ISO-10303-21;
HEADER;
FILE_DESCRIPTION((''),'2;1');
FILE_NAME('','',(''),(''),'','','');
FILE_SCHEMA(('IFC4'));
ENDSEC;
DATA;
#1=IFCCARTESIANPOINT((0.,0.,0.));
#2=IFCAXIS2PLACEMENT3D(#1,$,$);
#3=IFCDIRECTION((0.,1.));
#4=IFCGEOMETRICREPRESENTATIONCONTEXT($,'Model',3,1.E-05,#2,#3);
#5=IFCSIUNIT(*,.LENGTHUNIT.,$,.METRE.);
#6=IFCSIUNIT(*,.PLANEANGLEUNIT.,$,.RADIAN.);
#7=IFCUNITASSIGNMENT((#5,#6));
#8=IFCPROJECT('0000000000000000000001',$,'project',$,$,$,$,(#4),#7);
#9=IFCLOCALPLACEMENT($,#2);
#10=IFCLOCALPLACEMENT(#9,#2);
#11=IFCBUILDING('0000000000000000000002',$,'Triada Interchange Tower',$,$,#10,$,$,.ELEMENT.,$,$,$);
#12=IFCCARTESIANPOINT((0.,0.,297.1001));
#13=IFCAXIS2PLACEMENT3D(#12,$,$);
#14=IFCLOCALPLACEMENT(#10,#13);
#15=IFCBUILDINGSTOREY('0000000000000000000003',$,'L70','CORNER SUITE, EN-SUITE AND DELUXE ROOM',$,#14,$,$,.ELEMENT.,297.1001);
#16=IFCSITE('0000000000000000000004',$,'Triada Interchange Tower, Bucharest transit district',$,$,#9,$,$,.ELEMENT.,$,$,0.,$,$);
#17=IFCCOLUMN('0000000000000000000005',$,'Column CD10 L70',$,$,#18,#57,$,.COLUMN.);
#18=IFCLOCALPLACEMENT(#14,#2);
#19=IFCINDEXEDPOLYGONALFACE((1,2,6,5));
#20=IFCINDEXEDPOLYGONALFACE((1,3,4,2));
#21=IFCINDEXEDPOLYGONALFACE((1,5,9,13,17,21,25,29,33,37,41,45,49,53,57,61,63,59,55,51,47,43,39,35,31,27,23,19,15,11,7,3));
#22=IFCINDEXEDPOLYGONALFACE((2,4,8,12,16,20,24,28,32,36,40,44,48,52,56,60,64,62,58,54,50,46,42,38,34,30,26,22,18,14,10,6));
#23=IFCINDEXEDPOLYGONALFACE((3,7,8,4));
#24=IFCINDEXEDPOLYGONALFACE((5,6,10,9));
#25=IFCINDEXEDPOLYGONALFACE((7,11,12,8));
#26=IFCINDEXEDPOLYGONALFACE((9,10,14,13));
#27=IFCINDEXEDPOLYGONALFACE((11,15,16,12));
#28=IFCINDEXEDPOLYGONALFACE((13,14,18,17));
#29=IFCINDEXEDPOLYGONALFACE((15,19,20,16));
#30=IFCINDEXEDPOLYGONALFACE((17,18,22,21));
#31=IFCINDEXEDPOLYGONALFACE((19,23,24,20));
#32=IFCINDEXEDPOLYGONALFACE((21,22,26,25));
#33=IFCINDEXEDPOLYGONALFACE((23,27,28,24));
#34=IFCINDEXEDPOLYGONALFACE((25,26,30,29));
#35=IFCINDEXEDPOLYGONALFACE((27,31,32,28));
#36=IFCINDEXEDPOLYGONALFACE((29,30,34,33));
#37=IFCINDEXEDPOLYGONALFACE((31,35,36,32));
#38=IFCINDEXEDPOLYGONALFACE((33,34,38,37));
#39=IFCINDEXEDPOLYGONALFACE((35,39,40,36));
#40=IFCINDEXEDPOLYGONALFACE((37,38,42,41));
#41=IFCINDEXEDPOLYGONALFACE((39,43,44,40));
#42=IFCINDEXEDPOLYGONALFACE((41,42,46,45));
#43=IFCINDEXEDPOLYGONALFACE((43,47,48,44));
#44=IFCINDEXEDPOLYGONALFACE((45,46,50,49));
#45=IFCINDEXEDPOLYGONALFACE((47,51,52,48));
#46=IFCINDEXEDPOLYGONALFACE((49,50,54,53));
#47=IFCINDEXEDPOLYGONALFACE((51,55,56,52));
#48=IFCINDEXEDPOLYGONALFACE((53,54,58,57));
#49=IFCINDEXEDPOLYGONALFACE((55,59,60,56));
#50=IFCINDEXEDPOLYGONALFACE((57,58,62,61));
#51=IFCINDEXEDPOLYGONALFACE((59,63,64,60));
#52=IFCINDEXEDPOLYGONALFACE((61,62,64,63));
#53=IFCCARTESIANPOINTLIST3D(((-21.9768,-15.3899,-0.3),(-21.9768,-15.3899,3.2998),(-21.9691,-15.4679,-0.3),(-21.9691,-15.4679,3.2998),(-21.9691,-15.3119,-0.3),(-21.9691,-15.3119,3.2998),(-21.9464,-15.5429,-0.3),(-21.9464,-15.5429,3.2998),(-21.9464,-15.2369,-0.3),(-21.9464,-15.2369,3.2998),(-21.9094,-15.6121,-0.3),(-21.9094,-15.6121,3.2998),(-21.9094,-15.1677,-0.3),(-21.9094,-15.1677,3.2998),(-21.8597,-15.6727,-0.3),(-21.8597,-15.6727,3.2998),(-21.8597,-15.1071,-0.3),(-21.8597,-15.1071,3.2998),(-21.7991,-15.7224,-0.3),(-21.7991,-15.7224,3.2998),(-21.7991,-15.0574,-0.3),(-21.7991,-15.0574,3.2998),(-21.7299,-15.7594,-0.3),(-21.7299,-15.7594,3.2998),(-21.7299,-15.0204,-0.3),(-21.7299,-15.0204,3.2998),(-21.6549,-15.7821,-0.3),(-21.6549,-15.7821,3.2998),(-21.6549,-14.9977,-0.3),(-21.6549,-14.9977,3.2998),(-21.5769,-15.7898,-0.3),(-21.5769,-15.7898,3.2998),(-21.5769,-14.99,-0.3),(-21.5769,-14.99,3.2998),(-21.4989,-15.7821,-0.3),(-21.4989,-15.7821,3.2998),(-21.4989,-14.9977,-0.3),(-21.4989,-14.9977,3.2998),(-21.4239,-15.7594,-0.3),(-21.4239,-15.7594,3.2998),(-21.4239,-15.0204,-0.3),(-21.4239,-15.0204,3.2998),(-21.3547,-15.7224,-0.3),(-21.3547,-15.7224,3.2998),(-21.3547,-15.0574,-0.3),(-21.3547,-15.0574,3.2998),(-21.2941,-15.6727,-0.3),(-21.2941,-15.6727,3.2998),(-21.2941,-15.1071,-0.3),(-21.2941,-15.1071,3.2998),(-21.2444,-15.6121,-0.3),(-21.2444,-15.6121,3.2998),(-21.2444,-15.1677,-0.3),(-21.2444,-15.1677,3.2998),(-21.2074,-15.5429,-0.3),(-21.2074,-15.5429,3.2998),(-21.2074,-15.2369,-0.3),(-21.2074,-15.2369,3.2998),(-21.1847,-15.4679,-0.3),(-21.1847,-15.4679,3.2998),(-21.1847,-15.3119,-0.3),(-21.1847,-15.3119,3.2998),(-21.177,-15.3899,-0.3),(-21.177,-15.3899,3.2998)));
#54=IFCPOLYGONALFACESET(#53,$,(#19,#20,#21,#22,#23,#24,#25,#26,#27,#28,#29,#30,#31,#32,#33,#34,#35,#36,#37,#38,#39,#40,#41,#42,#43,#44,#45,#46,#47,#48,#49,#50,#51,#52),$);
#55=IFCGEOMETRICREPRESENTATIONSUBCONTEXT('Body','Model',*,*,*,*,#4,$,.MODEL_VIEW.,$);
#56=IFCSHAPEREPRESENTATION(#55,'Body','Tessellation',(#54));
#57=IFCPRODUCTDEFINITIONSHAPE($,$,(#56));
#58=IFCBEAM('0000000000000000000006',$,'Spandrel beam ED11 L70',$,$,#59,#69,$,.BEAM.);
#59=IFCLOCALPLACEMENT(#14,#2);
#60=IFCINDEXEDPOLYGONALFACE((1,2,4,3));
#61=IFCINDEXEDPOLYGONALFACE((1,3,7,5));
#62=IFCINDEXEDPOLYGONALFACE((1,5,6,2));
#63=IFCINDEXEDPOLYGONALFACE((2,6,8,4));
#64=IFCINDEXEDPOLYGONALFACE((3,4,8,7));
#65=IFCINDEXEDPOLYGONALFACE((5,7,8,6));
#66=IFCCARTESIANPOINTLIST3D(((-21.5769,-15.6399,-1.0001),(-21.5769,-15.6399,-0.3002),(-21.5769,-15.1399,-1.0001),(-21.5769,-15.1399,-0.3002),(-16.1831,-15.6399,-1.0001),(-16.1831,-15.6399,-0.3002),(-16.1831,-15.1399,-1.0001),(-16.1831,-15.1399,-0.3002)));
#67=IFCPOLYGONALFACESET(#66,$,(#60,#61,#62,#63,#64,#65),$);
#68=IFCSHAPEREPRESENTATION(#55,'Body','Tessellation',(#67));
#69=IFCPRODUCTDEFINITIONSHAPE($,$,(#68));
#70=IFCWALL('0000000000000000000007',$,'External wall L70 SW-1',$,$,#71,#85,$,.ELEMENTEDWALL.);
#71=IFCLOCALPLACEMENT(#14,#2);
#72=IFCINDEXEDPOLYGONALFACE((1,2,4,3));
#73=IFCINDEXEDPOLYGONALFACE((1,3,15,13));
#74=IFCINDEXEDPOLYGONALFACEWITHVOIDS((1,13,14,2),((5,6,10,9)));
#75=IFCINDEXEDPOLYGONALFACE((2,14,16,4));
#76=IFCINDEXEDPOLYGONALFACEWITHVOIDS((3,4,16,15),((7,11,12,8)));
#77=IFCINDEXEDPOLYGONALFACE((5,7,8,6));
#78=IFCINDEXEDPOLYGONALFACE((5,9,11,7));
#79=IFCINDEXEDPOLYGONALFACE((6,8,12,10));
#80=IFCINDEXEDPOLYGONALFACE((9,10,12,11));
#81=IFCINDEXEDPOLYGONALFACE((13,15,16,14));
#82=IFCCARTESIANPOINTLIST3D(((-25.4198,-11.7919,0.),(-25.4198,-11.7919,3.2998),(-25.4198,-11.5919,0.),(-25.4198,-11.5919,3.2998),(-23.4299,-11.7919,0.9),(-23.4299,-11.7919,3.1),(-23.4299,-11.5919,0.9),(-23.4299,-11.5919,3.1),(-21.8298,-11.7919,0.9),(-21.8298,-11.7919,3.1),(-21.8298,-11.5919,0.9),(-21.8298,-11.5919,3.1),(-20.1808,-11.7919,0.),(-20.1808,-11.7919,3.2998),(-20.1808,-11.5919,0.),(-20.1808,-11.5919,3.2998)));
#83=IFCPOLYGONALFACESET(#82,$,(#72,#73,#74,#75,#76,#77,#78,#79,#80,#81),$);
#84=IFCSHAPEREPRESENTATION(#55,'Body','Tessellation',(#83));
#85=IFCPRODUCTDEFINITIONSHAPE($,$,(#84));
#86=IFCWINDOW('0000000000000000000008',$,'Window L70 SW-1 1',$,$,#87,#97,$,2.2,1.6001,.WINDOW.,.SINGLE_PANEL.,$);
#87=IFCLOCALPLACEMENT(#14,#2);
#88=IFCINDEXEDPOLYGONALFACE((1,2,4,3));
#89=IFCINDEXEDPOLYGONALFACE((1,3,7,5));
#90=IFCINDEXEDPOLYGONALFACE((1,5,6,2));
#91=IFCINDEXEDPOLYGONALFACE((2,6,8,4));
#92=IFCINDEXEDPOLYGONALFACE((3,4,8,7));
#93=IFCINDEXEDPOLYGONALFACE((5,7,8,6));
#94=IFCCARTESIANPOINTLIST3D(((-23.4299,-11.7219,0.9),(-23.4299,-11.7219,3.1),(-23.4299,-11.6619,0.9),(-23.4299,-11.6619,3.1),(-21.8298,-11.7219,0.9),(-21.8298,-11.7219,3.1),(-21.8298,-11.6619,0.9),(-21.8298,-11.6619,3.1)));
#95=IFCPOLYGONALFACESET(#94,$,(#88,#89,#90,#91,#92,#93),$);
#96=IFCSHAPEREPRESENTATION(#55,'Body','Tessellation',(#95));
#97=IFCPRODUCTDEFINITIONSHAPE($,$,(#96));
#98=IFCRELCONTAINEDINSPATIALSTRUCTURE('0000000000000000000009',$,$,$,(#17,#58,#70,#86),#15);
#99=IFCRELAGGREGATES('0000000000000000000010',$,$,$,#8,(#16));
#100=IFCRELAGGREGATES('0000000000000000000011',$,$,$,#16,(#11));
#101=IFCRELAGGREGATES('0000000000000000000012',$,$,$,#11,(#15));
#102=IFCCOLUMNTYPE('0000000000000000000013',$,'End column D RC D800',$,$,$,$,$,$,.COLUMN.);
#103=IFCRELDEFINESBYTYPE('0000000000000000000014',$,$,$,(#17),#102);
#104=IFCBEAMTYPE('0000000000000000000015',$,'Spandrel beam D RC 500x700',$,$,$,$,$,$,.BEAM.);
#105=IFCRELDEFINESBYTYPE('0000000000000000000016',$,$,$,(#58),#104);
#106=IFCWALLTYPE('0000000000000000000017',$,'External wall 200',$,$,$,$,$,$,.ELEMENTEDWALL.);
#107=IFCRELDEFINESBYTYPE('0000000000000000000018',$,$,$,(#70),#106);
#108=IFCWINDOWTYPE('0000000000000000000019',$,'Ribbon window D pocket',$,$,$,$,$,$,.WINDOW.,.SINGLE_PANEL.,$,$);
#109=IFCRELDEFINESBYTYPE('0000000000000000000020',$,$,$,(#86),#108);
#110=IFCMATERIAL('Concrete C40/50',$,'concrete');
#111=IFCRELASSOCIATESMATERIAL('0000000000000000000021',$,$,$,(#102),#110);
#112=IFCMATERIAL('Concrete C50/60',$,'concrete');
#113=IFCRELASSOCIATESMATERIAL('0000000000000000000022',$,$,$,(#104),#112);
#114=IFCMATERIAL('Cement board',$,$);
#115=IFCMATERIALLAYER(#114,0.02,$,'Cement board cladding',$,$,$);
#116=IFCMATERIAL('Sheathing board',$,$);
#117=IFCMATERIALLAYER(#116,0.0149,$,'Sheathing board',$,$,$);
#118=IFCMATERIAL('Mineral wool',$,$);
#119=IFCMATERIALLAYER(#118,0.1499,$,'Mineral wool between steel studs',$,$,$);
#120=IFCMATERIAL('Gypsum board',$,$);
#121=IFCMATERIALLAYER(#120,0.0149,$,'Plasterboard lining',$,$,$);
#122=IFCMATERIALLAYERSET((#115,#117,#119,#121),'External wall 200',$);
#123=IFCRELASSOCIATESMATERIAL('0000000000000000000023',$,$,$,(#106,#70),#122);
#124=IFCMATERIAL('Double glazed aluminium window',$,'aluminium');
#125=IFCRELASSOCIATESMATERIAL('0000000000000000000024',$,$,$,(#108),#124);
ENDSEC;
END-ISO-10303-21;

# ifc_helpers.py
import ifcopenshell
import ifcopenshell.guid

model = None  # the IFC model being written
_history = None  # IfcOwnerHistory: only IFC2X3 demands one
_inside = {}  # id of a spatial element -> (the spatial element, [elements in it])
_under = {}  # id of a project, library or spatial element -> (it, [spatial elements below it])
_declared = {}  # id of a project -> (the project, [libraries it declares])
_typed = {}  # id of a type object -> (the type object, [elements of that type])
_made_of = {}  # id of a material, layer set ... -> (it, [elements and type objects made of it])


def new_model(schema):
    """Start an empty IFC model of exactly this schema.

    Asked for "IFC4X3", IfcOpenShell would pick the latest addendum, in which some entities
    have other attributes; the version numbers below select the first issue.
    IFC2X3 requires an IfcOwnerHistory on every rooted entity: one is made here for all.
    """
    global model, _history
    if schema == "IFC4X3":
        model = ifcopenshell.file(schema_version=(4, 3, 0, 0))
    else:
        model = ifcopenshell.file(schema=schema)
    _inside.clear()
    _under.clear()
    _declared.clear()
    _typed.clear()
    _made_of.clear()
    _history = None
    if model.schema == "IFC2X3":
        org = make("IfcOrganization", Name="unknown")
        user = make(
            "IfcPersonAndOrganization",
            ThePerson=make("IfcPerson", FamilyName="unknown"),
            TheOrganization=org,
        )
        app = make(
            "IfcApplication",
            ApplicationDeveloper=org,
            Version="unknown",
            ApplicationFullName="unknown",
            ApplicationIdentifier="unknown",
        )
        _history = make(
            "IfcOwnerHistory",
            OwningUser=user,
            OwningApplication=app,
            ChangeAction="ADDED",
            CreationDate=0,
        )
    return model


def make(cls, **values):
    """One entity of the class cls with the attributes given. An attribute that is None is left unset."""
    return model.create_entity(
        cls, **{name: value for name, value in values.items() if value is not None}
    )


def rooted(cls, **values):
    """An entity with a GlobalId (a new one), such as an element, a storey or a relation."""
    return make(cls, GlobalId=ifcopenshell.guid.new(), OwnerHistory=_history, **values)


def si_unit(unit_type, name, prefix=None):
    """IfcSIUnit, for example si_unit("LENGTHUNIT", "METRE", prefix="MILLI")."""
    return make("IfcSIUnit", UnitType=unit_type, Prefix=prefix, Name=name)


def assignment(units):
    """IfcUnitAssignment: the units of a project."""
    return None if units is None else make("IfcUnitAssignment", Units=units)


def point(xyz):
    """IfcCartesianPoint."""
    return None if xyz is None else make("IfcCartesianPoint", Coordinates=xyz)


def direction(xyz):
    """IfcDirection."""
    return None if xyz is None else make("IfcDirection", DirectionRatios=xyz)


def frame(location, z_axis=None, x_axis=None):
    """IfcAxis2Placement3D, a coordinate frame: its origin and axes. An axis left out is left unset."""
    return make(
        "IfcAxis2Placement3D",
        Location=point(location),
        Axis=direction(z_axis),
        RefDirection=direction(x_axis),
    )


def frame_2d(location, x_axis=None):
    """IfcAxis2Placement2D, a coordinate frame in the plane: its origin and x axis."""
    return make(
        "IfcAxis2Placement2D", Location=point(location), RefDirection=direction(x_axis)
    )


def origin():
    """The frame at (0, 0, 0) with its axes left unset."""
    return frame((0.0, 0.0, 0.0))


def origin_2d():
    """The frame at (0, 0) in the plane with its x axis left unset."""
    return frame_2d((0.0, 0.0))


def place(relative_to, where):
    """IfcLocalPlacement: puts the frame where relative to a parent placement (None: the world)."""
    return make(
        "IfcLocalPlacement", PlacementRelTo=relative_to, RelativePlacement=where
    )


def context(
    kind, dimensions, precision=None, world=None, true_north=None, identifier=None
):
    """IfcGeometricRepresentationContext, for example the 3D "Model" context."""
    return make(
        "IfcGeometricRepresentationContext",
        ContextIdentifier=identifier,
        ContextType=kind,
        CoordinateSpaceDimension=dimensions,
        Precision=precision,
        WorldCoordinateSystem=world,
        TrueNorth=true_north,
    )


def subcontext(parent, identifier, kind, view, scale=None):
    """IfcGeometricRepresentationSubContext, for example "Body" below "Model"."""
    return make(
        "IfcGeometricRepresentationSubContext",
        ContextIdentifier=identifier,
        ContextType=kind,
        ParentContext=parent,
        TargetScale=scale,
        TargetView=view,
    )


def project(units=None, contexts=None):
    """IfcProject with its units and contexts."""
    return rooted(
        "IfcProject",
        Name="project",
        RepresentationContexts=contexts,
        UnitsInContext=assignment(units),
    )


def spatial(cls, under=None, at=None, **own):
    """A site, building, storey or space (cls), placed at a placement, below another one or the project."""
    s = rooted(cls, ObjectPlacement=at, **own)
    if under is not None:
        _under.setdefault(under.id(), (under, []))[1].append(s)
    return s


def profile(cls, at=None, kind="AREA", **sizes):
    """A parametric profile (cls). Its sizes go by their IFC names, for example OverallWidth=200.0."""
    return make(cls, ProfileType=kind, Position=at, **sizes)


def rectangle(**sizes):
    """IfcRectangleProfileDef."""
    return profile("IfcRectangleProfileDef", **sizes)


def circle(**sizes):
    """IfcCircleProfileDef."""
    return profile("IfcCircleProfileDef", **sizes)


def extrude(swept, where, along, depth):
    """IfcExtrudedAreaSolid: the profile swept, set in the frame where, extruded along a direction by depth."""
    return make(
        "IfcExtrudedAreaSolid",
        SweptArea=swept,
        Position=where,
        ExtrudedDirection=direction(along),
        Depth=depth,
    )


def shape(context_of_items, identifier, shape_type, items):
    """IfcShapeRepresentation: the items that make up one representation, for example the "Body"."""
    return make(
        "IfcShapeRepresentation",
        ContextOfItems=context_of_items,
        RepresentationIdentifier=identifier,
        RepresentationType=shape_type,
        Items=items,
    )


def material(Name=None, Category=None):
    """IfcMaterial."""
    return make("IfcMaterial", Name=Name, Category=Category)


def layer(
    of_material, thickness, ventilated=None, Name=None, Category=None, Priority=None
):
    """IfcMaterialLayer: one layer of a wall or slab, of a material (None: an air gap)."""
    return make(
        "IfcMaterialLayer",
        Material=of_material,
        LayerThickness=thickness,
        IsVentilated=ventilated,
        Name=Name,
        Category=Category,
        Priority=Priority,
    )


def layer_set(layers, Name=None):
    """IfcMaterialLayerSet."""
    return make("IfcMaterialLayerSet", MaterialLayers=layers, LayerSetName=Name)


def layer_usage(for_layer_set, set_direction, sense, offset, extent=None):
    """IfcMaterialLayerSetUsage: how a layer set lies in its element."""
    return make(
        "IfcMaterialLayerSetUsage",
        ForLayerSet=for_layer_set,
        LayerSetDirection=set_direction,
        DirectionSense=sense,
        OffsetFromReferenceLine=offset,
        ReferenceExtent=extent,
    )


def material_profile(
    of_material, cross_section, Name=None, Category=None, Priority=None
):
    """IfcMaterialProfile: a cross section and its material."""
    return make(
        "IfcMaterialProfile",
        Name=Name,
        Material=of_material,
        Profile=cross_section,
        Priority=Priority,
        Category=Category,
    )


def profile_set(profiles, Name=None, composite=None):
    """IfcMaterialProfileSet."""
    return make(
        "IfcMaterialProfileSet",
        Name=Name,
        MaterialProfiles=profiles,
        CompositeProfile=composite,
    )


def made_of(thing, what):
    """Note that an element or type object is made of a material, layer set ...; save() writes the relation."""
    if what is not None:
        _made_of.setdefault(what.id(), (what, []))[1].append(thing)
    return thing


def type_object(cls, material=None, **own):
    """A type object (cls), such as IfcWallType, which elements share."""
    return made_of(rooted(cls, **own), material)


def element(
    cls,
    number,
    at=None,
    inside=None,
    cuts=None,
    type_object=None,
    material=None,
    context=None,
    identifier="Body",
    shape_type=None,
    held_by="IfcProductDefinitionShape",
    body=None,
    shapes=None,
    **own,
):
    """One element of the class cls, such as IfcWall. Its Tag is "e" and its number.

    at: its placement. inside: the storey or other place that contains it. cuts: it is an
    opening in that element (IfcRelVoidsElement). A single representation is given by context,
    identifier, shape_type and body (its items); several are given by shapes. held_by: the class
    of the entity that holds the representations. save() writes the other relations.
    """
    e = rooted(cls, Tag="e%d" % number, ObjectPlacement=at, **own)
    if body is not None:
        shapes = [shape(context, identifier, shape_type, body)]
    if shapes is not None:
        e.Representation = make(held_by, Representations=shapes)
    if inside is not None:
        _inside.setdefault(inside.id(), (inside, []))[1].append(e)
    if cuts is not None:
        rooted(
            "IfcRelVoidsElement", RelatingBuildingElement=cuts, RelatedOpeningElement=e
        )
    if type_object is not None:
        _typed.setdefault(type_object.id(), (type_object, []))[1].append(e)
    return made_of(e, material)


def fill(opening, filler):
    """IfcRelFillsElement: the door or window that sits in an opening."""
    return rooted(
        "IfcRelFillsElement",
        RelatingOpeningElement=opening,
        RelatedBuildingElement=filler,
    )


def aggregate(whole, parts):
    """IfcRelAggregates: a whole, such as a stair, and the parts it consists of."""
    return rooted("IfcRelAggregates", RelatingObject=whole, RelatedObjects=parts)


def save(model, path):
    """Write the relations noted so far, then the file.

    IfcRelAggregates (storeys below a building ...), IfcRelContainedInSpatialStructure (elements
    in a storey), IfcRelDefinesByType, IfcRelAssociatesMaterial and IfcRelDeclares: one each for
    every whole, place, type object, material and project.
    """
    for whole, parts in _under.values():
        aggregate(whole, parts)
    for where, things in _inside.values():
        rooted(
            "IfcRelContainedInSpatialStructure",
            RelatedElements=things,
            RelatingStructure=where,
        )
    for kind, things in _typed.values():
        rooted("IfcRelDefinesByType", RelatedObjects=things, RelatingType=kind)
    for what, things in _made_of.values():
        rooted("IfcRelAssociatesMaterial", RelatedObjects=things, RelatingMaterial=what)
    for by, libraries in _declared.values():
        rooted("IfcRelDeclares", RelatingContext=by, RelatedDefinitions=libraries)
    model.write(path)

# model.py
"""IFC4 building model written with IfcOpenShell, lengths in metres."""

from ifc_helpers import new_model, si_unit, direction, frame, frame_2d, origin, origin_2d, place, context, subcontext, project, spatial, rectangle, circle, extrude, material, layer, layer_set, layer_usage, material_profile, profile_set, type_object, element, fill, save


model = new_model("IFC4")

# Units and contexts
model_context = context("Model", 3, precision=1e-05, world=origin(), true_north=direction((0.0, 1.0)))
body_context = subcontext(model_context, "Body", "Model", "MODEL_VIEW")
ifc_project = project(units=[si_unit("LENGTHUNIT", "METRE"), si_unit("PLANEANGLEUNIT", "RADIAN")], contexts=[model_context])

# Site, building, storey
site_placement = place(None, origin())
site = spatial("IfcSite", under=ifc_project, at=site_placement, Name="Triada Interchange Tower, Bucharest transit district", CompositionType="ELEMENT", RefElevation=0.0)
building_placement = place(site_placement, origin())
building = spatial("IfcBuilding", under=site, at=building_placement, Name="Triada Interchange Tower", CompositionType="ELEMENT")
storey_placement = place(building_placement, frame((0.0, 0.0, 297.1001)))
storey = spatial("IfcBuildingStorey", under=building, at=storey_placement, Name="L70", Description="CORNER SUITE, EN-SUITE AND DELUXE ROOM", CompositionType="ELEMENT", Elevation=297.1001)

# Column
ifc_material_1 = material(Name="Concrete C40/50", Category="concrete")
ifc_material_profile_1 = material_profile(ifc_material_1, circle(Radius=0.3999, at=origin_2d()), Name="RC D800")
ifc_profile_set_1 = profile_set([ifc_material_profile_1], Name="Concrete C40/50")
column_type = type_object("IfcColumnType", Name="End column D RC D800", PredefinedType="COLUMN", material=ifc_profile_set_1)
column_placement = place(storey_placement, frame((-21.5769, -15.3899, -0.3), z_axis=(0.0, 0.0, 1.0), x_axis=(1.0, 0.0, 0.0)))
element("IfcColumn", 1, at=column_placement, inside=storey, type_object=column_type, Name="Column CD10 L70", PredefinedType="COLUMN", context=body_context, shape_type="SweptSolid", body=[
    extrude(circle(Radius=0.3999, at=origin_2d()), origin(), (0.0, 0.0, 1.0), 3.5999),
])

# Beam
ifc_material_2 = material(Name="Concrete C50/60", Category="concrete")
ifc_material_profile_2 = material_profile(ifc_material_2, rectangle(XDim=0.5, YDim=0.7, at=origin_2d()), Name="RC 500x700")
ifc_profile_set_2 = profile_set([ifc_material_profile_2], Name="Concrete C50/60")
beam_type = type_object("IfcBeamType", Name="Spandrel beam D RC 500x700", PredefinedType="BEAM", material=ifc_profile_set_2)
beam_placement = place(storey_placement, frame((-21.5769, -15.3899, -0.6501), z_axis=(1.0, 0.0, 0.0), x_axis=(0.0, 1.0, 0.0)))
element("IfcBeam", 2, at=beam_placement, inside=storey, type_object=beam_type, Name="Spandrel beam ED11 L70", PredefinedType="BEAM", context=body_context, shape_type="SweptSolid", body=[
    extrude(rectangle(XDim=0.5, YDim=0.7, at=origin_2d()), origin(), (0.0, 0.0, 1.0), 5.3938),
])

# Wall, opening, window
ifc_material_3 = material(Name="Cement board")
ifc_layer_1 = layer(ifc_material_3, 0.02, Name="Cement board cladding")
ifc_material_4 = material(Name="Sheathing board")
ifc_layer_2 = layer(ifc_material_4, 0.0149, Name="Sheathing board")
ifc_material_5 = material(Name="Mineral wool")
ifc_layer_3 = layer(ifc_material_5, 0.1499, Name="Mineral wool between steel studs")
ifc_material_6 = material(Name="Gypsum board")
ifc_layer_4 = layer(ifc_material_6, 0.0149, Name="Plasterboard lining")
ifc_layer_set_1 = layer_set([ifc_layer_1, ifc_layer_2, ifc_layer_3, ifc_layer_4], Name="External wall 200")
ifc_layer_usage = layer_usage(ifc_layer_set_1, "AXIS2", "POSITIVE", -0.1001)
wall_type = type_object("IfcWallType", Name="External wall 200", PredefinedType="ELEMENTEDWALL", material=ifc_layer_set_1)
wall_1_placement = place(storey_placement, frame((-25.4199, -11.6919, 0.0), z_axis=(0.0, 0.0, 1.0), x_axis=(1.0, 0.0, 0.0)))
wall_1 = element("IfcWall", 3, at=wall_1_placement, inside=storey, type_object=wall_type, material=ifc_layer_usage, Name="External wall L70 SW-1", PredefinedType="ELEMENTEDWALL", context=body_context, shape_type="SweptSolid", body=[
    extrude(rectangle(XDim=5.239, YDim=0.2, at=frame_2d((2.6196, 0.0))), origin(), (0.0, 0.0, 1.0), 3.2998),
])
opening_1_placement = place(wall_1_placement, frame((1.99, 0.0, 0.8999)))
opening_1 = element("IfcOpeningElement", 4, at=opening_1_placement, cuts=wall_1, PredefinedType="OPENING", context=body_context, shape_type="SweptSolid", body=[
    extrude(rectangle(XDim=1.6001, YDim=2.2, at=frame_2d((0.8, 1.1001))), frame((0.0, 0.1099, 0.0), z_axis=(0.0, -1.0, 0.0), x_axis=(1.0, 0.0, 0.0)), (0.0, 0.0, 1.0), 0.22),
])
ifc_material_7 = material(Name="Double glazed aluminium window", Category="aluminium")
window_type_1 = type_object("IfcWindowType", Name="Ribbon window D pocket", PartitioningType="SINGLE_PANEL", PredefinedType="WINDOW", material=ifc_material_7)
window_1_placement = place(opening_1_placement, origin())
window_1 = element("IfcWindow", 5, at=window_1_placement, inside=storey, type_object=window_type_1, Name="Window L70 SW-1 1", OverallHeight=2.2, OverallWidth=1.6001, PartitioningType="SINGLE_PANEL", PredefinedType="WINDOW", context=body_context, shape_type="SweptSolid", body=[
    extrude(rectangle(XDim=1.6001, YDim=2.2, at=frame_2d((0.8, 1.1001))), frame((0.0, 0.03, 0.0), z_axis=(0.0, -1.0, 0.0), x_axis=(1.0, 0.0, 0.0)), (0.0, 0.0, 1.0), 0.0601),
])
fill(opening_1, window_1)

save(model, "model.ifc")
